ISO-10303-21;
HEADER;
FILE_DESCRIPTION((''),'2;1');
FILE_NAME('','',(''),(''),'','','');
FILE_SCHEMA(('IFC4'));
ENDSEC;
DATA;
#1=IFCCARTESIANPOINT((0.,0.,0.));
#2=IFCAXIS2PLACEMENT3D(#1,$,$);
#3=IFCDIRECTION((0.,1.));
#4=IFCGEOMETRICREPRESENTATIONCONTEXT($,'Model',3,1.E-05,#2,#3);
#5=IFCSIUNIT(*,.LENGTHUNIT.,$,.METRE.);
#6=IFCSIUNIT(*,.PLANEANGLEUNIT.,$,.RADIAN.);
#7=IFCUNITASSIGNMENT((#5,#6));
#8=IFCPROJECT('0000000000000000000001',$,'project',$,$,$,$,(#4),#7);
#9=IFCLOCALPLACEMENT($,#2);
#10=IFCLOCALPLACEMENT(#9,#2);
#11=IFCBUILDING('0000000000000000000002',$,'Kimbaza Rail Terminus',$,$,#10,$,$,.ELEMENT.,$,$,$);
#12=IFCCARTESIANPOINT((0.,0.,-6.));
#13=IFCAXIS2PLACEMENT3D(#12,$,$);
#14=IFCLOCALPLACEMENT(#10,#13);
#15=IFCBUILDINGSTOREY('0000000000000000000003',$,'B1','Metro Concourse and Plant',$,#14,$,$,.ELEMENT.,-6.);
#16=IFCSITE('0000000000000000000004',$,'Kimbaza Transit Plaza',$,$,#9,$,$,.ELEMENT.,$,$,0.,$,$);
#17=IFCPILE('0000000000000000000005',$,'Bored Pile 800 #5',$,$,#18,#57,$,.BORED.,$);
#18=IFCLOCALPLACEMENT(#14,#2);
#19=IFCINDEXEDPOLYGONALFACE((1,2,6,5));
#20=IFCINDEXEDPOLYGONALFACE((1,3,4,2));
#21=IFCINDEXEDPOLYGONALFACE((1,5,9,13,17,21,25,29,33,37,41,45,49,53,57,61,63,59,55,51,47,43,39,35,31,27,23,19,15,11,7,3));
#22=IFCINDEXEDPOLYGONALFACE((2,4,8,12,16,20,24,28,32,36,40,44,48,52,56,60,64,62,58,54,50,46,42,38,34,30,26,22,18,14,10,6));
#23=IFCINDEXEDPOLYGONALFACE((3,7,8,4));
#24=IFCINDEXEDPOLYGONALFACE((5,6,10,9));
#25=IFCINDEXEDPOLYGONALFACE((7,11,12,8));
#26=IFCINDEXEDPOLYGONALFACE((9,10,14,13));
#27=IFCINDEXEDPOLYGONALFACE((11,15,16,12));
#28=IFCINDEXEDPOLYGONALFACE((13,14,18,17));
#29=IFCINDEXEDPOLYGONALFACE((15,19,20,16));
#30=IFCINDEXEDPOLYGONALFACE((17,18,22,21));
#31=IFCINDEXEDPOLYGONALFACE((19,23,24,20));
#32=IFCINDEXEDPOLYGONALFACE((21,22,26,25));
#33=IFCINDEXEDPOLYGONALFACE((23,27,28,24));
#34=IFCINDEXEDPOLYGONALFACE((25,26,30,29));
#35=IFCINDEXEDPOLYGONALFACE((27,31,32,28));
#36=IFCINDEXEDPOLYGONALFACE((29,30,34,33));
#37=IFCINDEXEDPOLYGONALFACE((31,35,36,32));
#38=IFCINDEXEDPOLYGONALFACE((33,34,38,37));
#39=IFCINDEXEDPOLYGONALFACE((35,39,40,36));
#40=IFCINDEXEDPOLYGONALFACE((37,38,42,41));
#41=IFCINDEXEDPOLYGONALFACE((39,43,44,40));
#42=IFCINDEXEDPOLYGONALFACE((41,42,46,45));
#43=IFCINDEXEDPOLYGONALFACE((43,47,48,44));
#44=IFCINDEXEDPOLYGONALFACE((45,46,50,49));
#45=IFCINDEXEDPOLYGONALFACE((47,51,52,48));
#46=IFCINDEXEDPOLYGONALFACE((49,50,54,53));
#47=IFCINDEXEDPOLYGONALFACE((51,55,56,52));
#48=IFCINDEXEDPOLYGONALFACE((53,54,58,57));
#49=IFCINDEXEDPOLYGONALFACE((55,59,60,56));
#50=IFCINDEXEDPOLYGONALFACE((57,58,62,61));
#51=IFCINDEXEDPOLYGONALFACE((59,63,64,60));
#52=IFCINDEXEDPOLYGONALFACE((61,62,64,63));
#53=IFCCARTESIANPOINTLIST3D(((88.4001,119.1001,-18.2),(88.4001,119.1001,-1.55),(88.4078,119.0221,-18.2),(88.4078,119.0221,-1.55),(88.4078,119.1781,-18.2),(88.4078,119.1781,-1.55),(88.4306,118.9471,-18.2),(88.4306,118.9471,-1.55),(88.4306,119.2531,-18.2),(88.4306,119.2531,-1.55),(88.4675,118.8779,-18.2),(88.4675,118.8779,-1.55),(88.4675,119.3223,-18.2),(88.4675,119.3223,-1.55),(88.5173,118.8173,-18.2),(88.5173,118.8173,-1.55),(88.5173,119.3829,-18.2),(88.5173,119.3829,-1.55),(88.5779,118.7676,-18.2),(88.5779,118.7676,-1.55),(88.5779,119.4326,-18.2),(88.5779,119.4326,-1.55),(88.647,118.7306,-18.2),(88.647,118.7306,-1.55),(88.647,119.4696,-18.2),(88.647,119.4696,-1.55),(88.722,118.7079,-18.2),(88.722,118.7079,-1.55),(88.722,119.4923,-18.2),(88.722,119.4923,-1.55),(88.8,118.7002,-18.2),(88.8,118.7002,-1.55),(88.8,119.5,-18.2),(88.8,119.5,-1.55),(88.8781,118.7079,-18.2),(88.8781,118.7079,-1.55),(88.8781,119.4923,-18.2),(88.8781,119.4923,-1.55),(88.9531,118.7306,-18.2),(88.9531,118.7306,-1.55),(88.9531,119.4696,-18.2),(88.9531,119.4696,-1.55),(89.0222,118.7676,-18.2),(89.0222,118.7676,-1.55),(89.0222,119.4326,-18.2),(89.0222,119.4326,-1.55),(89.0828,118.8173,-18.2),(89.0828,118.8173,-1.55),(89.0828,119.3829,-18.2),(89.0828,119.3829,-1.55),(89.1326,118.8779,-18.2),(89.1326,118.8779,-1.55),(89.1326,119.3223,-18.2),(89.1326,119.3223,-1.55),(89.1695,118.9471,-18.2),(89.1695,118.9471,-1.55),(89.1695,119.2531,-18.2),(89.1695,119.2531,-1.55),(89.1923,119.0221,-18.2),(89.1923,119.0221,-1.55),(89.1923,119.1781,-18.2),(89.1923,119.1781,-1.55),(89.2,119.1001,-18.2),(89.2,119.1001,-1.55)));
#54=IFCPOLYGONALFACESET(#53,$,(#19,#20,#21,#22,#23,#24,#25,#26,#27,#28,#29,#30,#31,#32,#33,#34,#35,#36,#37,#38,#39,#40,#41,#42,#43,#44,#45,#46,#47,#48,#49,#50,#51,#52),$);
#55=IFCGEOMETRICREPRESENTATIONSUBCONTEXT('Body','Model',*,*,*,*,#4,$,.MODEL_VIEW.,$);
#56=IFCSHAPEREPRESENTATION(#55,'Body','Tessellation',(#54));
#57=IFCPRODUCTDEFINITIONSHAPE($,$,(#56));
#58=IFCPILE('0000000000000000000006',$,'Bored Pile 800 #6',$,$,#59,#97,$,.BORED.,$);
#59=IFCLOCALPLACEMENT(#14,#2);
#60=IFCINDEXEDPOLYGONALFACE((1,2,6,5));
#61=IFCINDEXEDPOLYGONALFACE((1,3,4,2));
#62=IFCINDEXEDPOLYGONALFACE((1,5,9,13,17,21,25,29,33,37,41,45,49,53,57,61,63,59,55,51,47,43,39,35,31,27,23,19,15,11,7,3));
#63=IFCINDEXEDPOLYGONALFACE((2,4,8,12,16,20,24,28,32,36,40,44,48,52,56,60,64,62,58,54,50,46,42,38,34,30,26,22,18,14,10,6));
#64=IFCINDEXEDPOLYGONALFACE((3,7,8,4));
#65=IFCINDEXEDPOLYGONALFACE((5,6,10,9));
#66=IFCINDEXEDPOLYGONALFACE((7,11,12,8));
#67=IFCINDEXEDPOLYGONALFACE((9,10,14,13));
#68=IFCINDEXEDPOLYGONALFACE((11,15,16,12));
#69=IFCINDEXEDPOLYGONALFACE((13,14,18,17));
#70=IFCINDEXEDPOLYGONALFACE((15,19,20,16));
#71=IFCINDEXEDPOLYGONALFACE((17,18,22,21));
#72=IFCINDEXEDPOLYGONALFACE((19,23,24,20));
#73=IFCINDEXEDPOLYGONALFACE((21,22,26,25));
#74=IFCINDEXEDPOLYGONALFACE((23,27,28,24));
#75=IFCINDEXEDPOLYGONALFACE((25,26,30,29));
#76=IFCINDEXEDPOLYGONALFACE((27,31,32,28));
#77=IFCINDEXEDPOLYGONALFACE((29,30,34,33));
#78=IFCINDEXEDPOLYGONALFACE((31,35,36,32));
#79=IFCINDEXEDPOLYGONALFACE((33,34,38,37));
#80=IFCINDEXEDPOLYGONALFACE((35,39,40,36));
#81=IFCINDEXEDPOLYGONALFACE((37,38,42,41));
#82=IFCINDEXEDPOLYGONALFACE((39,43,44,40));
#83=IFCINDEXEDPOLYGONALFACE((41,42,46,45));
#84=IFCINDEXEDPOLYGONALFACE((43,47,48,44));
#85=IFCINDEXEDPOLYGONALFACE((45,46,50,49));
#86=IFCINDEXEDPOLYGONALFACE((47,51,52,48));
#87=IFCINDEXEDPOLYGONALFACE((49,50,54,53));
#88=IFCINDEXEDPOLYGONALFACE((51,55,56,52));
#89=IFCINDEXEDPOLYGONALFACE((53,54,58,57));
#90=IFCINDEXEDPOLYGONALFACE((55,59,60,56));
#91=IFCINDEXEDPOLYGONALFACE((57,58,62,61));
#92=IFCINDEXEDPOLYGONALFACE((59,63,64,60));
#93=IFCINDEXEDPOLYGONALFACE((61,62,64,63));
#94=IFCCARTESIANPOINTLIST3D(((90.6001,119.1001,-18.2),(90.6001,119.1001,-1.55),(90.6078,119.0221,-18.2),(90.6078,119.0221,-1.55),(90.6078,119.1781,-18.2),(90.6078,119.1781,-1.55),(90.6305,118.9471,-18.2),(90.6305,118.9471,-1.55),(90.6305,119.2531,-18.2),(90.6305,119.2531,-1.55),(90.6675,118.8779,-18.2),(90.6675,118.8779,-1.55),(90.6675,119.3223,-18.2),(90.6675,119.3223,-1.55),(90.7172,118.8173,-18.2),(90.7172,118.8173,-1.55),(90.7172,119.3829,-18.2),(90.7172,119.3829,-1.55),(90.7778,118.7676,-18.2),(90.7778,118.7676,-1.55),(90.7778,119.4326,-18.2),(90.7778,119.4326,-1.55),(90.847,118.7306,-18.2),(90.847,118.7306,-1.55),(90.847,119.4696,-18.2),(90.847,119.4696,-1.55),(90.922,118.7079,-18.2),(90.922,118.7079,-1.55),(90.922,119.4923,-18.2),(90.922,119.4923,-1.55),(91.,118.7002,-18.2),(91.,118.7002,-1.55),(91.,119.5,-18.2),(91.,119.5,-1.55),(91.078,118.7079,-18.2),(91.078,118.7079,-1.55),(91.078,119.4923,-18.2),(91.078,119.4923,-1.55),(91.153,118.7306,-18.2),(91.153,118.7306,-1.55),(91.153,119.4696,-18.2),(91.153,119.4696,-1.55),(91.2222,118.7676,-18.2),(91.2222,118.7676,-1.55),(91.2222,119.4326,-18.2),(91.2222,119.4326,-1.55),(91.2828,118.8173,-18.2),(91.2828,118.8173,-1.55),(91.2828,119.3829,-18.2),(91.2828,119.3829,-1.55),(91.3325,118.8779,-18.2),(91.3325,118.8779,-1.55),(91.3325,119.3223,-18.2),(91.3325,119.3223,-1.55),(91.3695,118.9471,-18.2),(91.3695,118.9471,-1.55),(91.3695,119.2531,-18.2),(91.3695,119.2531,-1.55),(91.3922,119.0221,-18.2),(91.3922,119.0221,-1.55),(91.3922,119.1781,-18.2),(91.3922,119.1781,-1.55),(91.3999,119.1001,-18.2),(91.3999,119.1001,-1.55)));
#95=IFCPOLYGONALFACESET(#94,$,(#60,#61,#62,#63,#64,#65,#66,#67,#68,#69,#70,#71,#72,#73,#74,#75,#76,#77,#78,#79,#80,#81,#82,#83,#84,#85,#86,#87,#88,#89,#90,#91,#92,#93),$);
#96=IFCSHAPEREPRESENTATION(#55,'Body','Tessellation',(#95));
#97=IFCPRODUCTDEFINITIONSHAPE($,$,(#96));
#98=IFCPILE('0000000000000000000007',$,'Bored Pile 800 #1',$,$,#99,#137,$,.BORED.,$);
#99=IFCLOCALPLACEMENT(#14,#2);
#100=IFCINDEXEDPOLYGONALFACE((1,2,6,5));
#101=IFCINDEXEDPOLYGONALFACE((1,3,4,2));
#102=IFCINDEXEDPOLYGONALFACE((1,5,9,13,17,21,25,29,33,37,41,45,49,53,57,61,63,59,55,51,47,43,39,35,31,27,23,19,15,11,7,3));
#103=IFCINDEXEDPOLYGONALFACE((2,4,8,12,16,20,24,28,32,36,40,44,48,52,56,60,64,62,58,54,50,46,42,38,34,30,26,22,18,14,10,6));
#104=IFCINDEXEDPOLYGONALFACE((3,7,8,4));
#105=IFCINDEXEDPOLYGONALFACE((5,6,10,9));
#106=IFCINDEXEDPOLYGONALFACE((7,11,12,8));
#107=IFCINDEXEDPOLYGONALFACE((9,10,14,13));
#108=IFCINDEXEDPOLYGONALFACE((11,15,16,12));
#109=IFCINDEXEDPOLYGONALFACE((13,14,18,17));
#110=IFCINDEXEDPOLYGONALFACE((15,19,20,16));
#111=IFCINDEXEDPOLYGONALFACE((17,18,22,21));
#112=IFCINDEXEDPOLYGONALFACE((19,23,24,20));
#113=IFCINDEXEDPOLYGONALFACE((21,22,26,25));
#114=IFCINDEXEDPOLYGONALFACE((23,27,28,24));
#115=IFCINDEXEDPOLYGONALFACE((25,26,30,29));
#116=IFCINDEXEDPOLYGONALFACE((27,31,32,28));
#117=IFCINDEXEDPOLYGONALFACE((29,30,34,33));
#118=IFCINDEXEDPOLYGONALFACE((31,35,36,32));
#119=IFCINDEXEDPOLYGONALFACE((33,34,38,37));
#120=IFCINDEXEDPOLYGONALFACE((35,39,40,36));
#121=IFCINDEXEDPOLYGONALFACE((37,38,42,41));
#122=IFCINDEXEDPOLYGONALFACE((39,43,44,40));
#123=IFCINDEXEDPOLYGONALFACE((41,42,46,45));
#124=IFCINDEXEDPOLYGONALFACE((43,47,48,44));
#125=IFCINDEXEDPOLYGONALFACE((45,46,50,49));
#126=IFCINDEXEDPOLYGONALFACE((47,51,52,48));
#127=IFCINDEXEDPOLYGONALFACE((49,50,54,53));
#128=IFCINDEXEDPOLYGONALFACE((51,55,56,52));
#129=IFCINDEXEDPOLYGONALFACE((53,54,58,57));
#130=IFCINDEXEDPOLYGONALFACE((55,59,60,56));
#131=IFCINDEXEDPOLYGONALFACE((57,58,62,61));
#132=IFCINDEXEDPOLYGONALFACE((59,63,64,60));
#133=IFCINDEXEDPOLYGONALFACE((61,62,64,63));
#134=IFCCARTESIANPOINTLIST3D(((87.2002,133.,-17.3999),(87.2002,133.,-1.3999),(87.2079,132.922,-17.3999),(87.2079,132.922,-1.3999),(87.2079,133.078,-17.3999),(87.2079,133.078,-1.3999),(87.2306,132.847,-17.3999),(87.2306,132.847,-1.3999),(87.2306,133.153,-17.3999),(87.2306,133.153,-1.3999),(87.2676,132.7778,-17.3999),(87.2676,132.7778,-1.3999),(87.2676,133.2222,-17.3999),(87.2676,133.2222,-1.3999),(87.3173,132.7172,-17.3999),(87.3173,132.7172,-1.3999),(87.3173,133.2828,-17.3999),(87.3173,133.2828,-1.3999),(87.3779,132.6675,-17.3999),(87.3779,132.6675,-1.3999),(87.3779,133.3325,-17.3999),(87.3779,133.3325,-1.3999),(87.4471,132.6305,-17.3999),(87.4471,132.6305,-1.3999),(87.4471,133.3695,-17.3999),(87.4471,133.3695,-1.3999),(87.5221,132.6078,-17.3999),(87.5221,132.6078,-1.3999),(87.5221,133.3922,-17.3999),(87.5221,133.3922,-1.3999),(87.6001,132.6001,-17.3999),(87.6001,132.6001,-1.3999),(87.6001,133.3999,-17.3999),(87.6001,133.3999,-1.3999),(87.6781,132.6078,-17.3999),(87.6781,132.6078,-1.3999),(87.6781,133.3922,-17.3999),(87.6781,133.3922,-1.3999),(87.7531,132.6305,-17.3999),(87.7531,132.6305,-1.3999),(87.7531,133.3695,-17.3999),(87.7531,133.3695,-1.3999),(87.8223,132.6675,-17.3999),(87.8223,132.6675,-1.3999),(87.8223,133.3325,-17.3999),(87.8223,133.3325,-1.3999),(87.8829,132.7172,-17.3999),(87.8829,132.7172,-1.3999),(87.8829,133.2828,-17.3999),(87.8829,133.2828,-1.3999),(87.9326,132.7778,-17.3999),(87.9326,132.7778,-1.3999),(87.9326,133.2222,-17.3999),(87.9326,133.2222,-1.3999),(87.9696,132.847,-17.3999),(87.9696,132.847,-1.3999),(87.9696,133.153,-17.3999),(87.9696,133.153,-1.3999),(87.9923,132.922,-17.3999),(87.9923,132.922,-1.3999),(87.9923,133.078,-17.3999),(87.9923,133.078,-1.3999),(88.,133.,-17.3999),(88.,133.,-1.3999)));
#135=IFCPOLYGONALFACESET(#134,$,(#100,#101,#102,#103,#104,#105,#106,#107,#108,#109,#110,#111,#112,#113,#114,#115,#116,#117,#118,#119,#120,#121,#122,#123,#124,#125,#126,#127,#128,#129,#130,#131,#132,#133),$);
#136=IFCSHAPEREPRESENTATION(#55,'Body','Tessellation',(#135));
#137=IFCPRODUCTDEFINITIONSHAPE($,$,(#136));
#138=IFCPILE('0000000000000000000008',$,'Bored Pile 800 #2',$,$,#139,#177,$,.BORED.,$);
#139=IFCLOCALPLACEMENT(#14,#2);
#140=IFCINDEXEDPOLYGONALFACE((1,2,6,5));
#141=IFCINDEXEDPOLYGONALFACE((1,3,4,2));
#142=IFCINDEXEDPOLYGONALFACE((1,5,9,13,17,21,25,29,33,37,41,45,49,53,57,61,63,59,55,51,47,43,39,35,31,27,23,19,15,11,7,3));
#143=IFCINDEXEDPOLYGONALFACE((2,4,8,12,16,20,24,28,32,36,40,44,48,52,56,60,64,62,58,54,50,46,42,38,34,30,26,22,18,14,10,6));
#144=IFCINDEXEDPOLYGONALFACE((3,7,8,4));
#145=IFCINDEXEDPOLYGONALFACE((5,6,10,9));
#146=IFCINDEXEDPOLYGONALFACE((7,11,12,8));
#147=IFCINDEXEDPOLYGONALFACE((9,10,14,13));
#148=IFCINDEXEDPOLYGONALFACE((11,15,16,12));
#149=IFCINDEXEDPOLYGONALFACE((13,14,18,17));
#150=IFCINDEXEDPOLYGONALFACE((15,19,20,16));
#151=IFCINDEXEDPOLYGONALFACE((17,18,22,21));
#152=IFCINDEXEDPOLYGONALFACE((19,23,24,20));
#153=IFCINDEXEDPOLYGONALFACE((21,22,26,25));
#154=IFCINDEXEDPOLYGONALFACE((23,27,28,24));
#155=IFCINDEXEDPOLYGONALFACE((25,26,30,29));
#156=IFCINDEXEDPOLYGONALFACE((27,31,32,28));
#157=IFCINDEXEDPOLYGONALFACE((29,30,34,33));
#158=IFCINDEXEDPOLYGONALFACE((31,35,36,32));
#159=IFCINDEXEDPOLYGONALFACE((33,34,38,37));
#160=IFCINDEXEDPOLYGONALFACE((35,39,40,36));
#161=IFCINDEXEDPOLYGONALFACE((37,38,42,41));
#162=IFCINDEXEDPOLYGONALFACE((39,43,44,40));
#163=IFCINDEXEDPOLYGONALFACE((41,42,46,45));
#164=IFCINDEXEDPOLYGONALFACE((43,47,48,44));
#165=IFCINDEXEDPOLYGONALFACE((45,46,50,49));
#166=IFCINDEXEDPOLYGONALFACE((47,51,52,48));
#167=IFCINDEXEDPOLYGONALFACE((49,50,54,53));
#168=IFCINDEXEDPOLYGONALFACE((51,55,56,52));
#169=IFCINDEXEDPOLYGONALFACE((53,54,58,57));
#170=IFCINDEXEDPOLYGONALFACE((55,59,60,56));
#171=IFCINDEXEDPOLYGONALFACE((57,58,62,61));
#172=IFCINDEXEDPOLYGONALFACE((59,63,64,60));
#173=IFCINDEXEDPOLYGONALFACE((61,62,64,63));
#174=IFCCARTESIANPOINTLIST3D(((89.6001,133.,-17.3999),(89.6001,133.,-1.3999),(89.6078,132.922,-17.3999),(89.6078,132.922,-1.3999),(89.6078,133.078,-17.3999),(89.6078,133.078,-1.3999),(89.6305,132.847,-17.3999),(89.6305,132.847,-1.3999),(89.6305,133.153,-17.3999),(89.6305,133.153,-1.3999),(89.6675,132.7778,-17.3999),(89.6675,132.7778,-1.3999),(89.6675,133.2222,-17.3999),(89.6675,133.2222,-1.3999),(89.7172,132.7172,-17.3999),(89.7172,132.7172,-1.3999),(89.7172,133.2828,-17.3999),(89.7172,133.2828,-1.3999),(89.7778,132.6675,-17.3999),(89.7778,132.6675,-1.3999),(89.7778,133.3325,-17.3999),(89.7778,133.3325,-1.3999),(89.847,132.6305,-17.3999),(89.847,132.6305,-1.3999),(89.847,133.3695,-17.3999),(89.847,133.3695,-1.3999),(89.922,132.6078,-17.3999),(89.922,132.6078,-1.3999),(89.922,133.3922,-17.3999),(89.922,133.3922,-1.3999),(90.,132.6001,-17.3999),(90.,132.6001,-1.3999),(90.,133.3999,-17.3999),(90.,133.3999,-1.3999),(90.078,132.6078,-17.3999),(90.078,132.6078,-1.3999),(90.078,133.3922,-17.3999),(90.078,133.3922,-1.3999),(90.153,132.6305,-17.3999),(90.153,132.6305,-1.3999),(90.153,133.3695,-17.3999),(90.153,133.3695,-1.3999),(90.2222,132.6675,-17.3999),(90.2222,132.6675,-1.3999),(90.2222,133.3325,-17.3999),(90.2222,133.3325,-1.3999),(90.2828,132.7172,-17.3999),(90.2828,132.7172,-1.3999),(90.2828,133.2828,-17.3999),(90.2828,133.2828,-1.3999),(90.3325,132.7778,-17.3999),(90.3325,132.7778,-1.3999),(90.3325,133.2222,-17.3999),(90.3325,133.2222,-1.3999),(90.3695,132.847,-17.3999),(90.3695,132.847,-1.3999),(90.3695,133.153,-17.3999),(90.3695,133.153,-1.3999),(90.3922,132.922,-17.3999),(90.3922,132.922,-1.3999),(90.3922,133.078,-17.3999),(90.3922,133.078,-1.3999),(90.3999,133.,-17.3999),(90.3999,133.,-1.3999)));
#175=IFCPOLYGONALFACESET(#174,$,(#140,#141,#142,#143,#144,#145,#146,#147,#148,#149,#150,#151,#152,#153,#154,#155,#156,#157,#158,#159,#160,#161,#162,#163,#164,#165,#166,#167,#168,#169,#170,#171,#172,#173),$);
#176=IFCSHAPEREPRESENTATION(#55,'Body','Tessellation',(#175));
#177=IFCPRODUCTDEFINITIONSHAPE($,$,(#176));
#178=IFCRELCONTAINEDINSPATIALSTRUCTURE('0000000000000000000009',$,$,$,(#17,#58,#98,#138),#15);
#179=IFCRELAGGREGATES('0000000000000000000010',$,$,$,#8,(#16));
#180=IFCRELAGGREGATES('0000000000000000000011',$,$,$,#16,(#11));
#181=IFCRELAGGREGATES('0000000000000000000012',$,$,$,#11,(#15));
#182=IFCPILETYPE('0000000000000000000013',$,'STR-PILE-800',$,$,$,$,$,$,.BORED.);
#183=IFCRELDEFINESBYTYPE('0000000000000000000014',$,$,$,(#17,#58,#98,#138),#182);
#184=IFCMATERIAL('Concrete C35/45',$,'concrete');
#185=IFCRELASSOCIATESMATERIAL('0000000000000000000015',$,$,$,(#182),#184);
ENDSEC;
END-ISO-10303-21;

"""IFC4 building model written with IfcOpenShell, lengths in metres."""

from ifc_helpers import new_model, si_unit, direction, frame, origin, origin_2d, place, context, subcontext, project, spatial, circle, extrude, material, material_profile, profile_set, type_object, element, save


model = new_model("IFC4")

# Units and contexts
model_context = context("Model", 3, precision=1e-05, world=origin(), true_north=direction((0.0, 1.0)))
body_context = subcontext(model_context, "Body", "Model", "MODEL_VIEW")
ifc_project = project(units=[si_unit("LENGTHUNIT", "METRE"), si_unit("PLANEANGLEUNIT", "RADIAN")], contexts=[model_context])

# Site, building, storey
site_placement = place(None, origin())
site = spatial("IfcSite", under=ifc_project, at=site_placement, Name="Kimbaza Transit Plaza", CompositionType="ELEMENT", RefElevation=0.0)
building_placement = place(site_placement, origin())
building = spatial("IfcBuilding", under=site, at=building_placement, Name="Kimbaza Rail Terminus", CompositionType="ELEMENT")
storey_placement = place(building_placement, frame((0.0, 0.0, -6.0)))
storey = spatial("IfcBuildingStorey", under=building, at=storey_placement, Name="B1", Description="Metro Concourse and Plant", CompositionType="ELEMENT", Elevation=-6.0)

# Piles
ifc_material_1 = material(Name="Concrete C35/45", Category="concrete")
ifc_material_profile_1 = material_profile(ifc_material_1, circle(Radius=0.3999, at=origin_2d()), Name="BORED PILE 800")
ifc_profile_set_1 = profile_set([ifc_material_profile_1], Name="Concrete C35/45")
pile_type = type_object("IfcPileType", Name="STR-PILE-800", PredefinedType="BORED", material=ifc_profile_set_1)
for number, where, z_axis, x_axis, name in (
    (1, (88.8, 119.1001, -1.55), (0.0, 0.0, -1.0), (1.0, 0.0, 0.0), "Bored Pile 800 #5"),
    (2, (91.0, 119.1001, -1.55), (0.0, 0.0, -1.0), (1.0, 0.0, 0.0), "Bored Pile 800 #6"),
):
    element("IfcPile", number, at=place(storey_placement, frame(where, z_axis=z_axis, x_axis=x_axis)), inside=storey, type_object=pile_type, Name=name, PredefinedType="BORED", context=body_context, shape_type="SweptSolid", body=[
        extrude(circle(Radius=0.3999, at=origin_2d()), origin(), (0.0, 0.0, 1.0), 16.6499),
    ])
for number, where, z_axis, x_axis, name in (
    (3, (87.6001, 133.0, -1.3999), (0.0, 0.0, -1.0), (1.0, 0.0, 0.0), "Bored Pile 800 #1"),
    (4, (90.0, 133.0, -1.3999), (0.0, 0.0, -1.0), (1.0, 0.0, 0.0), "Bored Pile 800 #2"),
):
    element("IfcPile", number, at=place(storey_placement, frame(where, z_axis=z_axis, x_axis=x_axis)), inside=storey, type_object=pile_type, Name=name, PredefinedType="BORED", context=body_context, shape_type="SweptSolid", body=[
        extrude(circle(Radius=0.3999, at=origin_2d()), origin(), (0.0, 0.0, 1.0), 16.0),
    ])

save(model, "model.ifc")
